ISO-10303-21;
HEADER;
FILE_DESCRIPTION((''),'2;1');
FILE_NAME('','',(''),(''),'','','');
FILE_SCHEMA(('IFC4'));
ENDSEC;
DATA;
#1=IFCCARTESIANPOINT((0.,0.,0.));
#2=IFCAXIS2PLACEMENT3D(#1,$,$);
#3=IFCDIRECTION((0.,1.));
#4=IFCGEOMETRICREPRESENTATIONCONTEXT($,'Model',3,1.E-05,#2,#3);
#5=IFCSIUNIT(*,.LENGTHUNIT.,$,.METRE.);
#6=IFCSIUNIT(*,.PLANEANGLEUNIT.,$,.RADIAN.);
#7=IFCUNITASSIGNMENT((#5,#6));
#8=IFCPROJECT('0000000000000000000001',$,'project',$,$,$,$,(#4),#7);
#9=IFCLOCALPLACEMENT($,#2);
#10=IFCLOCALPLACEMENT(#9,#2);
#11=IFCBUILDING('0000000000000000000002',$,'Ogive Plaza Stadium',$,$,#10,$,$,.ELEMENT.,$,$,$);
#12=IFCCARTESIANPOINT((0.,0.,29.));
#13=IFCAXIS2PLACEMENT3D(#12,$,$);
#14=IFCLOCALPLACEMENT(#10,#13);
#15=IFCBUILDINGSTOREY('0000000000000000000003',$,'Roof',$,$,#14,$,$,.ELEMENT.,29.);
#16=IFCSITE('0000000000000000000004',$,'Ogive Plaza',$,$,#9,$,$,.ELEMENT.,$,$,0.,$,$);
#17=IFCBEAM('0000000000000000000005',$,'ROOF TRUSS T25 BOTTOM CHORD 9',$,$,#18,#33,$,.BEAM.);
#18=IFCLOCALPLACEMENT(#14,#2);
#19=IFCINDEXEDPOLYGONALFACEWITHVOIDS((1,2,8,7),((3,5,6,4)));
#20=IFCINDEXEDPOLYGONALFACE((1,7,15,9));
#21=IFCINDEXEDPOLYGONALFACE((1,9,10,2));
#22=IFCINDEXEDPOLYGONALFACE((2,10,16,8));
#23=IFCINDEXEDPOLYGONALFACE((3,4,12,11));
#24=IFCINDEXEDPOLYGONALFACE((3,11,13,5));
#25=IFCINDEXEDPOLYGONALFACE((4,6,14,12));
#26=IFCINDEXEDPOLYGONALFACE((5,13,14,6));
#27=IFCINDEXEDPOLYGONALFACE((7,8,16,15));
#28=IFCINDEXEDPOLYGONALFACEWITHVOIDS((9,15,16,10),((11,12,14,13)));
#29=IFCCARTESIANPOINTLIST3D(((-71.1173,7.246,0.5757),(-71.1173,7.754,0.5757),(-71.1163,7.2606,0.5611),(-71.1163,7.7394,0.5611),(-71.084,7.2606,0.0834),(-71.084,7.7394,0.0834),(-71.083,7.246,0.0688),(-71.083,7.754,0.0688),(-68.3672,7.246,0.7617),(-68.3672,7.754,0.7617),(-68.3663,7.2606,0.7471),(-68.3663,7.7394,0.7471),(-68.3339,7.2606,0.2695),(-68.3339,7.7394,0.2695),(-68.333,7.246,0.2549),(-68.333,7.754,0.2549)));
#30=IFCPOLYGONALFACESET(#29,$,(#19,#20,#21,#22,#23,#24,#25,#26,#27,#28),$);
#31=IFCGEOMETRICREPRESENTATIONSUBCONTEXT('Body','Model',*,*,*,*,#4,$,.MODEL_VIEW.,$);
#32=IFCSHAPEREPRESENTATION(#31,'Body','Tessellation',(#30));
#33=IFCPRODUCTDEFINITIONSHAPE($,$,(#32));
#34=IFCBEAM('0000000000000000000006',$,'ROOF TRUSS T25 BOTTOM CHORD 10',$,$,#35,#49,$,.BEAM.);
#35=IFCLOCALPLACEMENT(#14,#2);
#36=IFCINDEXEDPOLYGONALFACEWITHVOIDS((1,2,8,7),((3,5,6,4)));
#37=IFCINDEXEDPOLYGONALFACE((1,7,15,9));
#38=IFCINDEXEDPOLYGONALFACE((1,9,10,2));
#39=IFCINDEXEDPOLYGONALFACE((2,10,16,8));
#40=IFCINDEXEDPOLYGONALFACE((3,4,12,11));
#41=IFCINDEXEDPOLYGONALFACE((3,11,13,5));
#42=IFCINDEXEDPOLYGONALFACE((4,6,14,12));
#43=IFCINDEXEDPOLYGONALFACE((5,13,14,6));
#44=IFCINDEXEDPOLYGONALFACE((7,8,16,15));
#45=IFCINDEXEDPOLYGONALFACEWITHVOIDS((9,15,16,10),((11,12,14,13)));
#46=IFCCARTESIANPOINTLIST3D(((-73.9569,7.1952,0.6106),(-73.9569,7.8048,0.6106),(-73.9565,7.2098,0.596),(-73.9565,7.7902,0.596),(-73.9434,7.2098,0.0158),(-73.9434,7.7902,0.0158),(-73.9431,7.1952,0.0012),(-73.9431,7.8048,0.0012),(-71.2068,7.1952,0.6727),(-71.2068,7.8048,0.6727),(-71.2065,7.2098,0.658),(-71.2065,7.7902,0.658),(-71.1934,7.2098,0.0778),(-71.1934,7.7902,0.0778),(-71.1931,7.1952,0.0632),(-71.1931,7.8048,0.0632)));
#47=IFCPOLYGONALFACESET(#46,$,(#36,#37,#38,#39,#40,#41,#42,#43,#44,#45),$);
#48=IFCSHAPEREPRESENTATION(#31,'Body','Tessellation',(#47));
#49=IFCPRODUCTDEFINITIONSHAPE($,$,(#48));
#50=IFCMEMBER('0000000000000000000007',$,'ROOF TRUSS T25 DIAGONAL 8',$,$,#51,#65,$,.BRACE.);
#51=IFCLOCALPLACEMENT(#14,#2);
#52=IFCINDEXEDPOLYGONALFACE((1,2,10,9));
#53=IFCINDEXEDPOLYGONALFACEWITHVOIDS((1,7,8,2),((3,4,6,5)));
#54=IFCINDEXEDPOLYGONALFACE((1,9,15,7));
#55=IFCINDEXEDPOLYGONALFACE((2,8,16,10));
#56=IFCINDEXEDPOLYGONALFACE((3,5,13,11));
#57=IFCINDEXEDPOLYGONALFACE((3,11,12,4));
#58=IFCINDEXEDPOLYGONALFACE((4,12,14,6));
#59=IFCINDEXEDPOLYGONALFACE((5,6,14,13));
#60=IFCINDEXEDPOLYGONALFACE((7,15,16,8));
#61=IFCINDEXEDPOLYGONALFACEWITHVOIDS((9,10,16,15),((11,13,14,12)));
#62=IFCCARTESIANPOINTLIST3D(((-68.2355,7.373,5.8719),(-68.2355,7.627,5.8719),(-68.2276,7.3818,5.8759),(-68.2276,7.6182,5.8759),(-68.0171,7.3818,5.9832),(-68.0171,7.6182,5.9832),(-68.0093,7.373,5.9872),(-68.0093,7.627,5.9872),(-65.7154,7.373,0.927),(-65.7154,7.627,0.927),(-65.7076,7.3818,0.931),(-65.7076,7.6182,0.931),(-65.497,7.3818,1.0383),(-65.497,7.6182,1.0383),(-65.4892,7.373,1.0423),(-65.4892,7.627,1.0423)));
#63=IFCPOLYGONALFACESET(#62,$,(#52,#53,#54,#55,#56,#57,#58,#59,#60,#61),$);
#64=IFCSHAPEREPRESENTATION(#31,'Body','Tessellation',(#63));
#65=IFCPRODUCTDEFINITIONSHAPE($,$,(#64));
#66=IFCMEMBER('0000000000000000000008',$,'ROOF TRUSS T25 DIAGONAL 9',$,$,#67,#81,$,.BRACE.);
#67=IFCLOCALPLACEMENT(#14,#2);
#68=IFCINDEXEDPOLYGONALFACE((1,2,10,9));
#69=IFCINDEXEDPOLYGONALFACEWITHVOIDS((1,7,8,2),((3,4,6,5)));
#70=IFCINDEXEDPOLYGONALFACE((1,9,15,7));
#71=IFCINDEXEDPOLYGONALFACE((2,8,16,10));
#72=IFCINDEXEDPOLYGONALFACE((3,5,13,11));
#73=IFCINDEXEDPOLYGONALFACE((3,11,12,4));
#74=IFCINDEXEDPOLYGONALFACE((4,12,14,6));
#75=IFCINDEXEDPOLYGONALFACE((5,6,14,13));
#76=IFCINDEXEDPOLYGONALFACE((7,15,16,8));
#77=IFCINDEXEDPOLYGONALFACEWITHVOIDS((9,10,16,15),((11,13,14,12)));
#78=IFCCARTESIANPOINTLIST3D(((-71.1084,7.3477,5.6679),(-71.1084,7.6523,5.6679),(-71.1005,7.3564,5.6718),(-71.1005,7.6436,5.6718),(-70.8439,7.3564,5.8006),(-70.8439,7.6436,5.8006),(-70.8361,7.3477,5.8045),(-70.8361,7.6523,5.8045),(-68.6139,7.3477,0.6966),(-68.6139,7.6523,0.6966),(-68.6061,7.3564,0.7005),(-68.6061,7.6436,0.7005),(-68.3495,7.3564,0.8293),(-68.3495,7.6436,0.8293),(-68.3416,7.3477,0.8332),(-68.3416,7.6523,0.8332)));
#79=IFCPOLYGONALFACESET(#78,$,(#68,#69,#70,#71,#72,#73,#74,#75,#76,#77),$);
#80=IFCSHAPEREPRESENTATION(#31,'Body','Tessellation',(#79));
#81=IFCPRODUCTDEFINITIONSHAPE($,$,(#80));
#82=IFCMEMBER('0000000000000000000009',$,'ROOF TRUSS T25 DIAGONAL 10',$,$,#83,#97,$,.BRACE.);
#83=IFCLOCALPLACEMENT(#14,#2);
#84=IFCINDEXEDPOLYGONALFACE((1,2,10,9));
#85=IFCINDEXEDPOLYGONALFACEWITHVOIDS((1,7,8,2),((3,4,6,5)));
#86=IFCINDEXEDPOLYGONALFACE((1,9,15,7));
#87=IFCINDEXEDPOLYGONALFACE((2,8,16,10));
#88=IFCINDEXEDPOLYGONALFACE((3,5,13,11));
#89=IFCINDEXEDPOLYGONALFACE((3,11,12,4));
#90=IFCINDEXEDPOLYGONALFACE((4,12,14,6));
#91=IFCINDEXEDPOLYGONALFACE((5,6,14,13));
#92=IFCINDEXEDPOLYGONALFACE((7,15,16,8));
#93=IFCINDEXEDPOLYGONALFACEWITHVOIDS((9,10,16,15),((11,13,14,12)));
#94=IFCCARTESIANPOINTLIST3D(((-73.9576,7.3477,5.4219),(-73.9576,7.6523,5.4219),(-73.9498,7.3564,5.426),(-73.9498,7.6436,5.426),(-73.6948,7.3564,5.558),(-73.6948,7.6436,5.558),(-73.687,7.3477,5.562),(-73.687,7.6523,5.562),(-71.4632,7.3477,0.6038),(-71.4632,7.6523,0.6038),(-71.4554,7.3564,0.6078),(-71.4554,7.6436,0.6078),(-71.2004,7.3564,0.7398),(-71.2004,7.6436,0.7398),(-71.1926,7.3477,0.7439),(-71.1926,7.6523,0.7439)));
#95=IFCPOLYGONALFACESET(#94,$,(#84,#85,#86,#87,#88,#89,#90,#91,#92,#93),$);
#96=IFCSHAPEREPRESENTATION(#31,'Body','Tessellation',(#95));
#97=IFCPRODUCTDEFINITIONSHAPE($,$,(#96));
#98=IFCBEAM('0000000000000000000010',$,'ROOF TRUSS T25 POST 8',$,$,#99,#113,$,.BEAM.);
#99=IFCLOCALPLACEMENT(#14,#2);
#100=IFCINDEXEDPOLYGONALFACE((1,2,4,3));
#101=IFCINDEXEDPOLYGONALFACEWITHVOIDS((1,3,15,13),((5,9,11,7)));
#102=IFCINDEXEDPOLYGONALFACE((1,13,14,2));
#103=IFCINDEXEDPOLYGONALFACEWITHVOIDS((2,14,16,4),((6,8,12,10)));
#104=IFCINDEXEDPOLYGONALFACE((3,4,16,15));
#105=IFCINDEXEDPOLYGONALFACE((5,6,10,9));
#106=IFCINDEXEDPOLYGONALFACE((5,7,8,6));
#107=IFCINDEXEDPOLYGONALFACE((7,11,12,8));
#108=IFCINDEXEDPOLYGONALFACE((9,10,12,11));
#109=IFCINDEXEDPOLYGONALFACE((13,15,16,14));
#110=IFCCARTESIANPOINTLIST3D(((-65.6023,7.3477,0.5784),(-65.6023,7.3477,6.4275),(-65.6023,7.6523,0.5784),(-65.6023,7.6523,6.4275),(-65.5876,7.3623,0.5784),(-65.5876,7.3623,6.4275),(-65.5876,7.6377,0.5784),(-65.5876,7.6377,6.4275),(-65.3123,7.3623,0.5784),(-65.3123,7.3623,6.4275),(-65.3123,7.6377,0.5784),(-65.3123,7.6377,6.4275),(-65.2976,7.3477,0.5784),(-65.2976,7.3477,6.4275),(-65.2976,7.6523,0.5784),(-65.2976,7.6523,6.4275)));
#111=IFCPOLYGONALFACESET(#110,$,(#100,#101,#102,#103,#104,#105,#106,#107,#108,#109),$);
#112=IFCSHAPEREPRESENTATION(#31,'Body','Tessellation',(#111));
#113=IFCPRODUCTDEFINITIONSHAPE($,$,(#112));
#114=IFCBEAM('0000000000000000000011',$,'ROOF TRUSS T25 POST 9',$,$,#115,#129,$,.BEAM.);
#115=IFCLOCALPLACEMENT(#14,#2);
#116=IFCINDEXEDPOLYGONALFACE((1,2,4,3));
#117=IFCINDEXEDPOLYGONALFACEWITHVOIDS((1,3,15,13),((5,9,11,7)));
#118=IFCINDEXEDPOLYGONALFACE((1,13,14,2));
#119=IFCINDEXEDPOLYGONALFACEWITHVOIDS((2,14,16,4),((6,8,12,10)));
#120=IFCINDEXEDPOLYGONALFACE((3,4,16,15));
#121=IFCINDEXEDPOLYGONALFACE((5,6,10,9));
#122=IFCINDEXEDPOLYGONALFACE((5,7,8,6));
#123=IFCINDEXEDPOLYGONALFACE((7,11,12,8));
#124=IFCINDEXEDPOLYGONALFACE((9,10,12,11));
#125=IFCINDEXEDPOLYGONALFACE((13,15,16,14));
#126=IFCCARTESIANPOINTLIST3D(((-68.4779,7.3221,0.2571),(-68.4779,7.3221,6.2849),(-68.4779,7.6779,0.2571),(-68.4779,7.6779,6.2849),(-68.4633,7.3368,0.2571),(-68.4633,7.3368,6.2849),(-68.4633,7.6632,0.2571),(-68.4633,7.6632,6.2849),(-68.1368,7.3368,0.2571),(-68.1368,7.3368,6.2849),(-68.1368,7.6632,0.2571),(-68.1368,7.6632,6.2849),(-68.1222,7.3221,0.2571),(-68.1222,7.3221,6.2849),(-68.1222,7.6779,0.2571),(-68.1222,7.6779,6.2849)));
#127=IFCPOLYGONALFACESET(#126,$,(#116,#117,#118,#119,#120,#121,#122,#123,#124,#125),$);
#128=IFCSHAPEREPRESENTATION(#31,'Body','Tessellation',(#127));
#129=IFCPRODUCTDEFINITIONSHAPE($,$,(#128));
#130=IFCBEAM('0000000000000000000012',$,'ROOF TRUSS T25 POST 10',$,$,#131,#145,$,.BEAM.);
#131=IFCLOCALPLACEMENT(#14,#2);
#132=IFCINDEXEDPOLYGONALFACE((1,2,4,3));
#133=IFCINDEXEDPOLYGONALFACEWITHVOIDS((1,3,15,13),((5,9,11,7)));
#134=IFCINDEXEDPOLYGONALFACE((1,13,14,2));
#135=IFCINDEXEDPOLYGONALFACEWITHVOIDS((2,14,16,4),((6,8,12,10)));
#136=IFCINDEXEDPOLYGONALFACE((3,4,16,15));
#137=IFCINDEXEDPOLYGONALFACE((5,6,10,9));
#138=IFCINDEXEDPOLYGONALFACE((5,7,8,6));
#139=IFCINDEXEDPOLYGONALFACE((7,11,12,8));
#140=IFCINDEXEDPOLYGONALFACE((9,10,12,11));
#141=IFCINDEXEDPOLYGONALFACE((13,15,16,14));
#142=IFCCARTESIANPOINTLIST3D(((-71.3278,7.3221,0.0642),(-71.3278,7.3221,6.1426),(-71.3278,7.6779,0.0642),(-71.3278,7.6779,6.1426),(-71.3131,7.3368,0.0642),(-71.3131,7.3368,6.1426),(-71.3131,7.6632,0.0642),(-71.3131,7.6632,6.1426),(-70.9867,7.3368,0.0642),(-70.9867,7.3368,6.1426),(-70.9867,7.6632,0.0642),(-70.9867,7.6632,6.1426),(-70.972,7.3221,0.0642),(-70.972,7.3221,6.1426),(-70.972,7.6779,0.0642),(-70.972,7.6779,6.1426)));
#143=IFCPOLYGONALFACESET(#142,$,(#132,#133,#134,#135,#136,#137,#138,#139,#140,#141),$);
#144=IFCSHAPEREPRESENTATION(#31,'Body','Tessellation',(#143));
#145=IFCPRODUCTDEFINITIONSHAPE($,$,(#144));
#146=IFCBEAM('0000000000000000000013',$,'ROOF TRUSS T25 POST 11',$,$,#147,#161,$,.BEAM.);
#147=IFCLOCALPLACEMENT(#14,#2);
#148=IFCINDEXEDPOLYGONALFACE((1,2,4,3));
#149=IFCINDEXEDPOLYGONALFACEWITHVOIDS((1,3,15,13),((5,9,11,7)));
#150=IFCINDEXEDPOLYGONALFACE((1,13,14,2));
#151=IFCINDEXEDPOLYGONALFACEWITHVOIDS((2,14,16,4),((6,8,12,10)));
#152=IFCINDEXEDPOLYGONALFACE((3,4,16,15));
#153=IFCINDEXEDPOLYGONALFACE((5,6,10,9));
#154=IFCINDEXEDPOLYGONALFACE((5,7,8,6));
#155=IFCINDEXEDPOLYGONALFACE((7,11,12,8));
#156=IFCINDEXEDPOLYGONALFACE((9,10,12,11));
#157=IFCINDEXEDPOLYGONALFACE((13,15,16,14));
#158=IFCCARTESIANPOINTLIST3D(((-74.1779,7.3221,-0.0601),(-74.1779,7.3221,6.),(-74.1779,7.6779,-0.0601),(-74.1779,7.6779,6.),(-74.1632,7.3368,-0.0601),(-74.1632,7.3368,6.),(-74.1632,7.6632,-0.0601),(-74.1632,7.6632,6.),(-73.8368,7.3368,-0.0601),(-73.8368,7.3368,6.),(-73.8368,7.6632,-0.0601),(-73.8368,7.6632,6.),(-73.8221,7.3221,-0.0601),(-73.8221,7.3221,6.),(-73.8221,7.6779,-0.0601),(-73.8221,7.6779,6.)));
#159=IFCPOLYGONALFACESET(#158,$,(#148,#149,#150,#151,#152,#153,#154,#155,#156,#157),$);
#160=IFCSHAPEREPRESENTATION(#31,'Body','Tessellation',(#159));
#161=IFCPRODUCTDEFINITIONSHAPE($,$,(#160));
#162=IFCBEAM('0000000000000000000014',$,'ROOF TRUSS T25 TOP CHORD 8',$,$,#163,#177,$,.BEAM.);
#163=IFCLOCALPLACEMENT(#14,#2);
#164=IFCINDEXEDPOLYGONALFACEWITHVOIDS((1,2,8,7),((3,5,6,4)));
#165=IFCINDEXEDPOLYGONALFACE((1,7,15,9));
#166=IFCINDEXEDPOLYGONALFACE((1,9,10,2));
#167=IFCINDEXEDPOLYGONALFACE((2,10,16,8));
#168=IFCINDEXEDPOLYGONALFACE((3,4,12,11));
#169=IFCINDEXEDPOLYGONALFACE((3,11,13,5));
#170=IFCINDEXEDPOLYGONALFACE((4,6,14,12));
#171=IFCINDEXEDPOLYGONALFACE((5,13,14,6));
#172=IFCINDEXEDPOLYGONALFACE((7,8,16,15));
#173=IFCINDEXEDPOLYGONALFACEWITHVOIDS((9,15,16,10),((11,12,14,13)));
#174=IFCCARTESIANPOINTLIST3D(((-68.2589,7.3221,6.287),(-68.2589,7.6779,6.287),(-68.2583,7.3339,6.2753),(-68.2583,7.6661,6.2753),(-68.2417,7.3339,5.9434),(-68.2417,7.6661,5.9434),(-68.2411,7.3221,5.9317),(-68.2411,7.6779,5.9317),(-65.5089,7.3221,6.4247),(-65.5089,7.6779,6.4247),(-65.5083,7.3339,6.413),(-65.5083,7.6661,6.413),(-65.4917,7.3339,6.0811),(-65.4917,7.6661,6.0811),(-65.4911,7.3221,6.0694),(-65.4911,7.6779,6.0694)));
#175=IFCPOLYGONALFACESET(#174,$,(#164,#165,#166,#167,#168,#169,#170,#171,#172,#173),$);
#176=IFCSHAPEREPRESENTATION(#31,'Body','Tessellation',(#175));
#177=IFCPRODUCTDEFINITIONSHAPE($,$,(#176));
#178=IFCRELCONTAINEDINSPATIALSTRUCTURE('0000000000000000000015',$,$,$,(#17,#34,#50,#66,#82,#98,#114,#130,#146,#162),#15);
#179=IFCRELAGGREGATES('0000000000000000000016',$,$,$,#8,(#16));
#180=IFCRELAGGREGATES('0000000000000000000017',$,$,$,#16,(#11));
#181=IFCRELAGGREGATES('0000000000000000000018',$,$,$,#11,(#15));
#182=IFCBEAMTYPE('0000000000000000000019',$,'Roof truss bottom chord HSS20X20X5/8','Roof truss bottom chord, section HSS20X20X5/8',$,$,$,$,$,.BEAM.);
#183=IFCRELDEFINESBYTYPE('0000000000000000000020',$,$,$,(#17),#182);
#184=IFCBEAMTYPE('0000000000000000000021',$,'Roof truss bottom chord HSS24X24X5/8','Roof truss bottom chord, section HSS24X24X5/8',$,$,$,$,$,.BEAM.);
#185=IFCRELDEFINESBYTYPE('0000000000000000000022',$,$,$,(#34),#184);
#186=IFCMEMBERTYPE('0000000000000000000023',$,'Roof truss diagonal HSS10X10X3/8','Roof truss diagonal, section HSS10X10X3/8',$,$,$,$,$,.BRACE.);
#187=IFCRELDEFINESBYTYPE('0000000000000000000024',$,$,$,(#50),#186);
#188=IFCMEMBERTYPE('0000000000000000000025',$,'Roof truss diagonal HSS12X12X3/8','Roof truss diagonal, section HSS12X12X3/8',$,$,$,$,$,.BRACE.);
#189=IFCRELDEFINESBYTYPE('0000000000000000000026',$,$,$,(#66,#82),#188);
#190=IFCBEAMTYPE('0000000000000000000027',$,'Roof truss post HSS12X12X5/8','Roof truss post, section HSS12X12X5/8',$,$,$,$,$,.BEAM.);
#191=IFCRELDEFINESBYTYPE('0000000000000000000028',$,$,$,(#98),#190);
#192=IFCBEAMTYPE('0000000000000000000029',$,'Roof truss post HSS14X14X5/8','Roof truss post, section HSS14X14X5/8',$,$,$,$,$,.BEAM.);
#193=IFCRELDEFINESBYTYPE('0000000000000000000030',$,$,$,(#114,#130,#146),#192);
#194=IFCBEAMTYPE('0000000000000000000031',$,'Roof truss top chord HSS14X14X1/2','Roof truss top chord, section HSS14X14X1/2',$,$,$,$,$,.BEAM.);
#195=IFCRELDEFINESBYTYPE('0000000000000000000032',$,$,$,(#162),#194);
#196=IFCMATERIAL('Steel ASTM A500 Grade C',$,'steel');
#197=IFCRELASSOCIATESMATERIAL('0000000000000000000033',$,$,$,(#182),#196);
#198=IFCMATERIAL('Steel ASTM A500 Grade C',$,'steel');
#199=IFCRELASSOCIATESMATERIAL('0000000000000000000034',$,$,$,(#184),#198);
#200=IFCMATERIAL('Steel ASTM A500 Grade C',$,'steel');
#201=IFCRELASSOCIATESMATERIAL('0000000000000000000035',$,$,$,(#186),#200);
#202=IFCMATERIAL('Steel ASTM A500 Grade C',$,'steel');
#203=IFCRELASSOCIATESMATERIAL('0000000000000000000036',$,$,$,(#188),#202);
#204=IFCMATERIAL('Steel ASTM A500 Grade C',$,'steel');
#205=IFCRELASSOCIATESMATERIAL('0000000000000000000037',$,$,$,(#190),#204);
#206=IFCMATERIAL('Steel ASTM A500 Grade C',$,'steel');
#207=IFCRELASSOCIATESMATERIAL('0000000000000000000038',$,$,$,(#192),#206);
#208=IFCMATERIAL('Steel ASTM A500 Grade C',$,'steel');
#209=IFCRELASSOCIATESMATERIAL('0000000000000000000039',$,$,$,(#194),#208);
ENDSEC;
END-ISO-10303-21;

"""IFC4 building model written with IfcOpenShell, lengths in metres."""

from ifc_helpers import new_model, si_unit, direction, frame, origin, origin_2d, place, context, subcontext, project, spatial, hollow_rectangle, extrude, material, material_profile, profile_set, type_object, element, save


model = new_model("IFC4")

# Units and contexts
model_context = context("Model", 3, precision=1e-05, world=origin(), true_north=direction((0.0, 1.0)))
body_context = subcontext(model_context, "Body", "Model", "MODEL_VIEW")
ifc_project = project(units=[si_unit("LENGTHUNIT", "METRE"), si_unit("PLANEANGLEUNIT", "RADIAN")], contexts=[model_context])

# Site, building, storey
site_placement = place(None, origin())
site = spatial("IfcSite", under=ifc_project, at=site_placement, Name="Ogive Plaza", CompositionType="ELEMENT", RefElevation=0.0)
building_placement = place(site_placement, origin())
building = spatial("IfcBuilding", under=site, at=building_placement, Name="Ogive Plaza Stadium", CompositionType="ELEMENT")
storey_placement = place(building_placement, frame((0.0, 0.0, 29.0)))
storey = spatial("IfcBuildingStorey", under=building, at=storey_placement, Name="Roof", CompositionType="ELEMENT", Elevation=29.0)

# Beams
ifc_material_1 = material(Name="Steel ASTM A500 Grade C", Category="steel")
ifc_material_profile_1 = material_profile(ifc_material_1, hollow_rectangle(XDim=0.5081, YDim=0.5081, WallThickness=0.0146, at=origin_2d()), Name="HSS20X20X5/8")
ifc_profile_set_1 = profile_set([ifc_material_profile_1], Name="Steel ASTM A500 Grade C")
beam_type_1 = type_object("IfcBeamType", Name="Roof truss bottom chord HSS20X20X5/8", Description="Roof truss bottom chord, section HSS20X20X5/8", PredefinedType="BEAM", material=ifc_profile_set_1)
beam_1_placement = place(storey_placement, frame((-68.3501, 7.5, 0.5083), z_axis=(-0.99772, 0.0, -0.067495), x_axis=(0.0, -1.0, 0.0)))
element("IfcBeam", 1, at=beam_1_placement, inside=storey, type_object=beam_type_1, Name="ROOF TRUSS T25 BOTTOM CHORD 9", PredefinedType="BEAM", context=body_context, shape_type="SweptSolid", body=[
    extrude(hollow_rectangle(XDim=0.5081, YDim=0.5081, WallThickness=0.0146, at=origin_2d()), origin(), (0.0, 0.0, 1.0), 2.7563),
])
ifc_material_2 = material(Name="Steel ASTM A500 Grade C", Category="steel")
ifc_material_profile_2 = material_profile(ifc_material_2, hollow_rectangle(XDim=0.6096, YDim=0.6096, WallThickness=0.0146, at=origin_2d()), Name="HSS24X24X5/8")
ifc_profile_set_2 = profile_set([ifc_material_profile_2], Name="Steel ASTM A500 Grade C")
beam_type_2 = type_object("IfcBeamType", Name="Roof truss bottom chord HSS24X24X5/8", Description="Roof truss bottom chord, section HSS24X24X5/8", PredefinedType="BEAM", material=ifc_profile_set_2)
beam_2_placement = place(storey_placement, frame((-71.2, 7.5, 0.3679), z_axis=(-0.999746, 0.0, -0.022544), x_axis=(0.0, -1.0, 0.0)))
element("IfcBeam", 2, at=beam_2_placement, inside=storey, type_object=beam_type_2, Name="ROOF TRUSS T25 BOTTOM CHORD 10", PredefinedType="BEAM", context=body_context, shape_type="SweptSolid", body=[
    extrude(hollow_rectangle(XDim=0.6096, YDim=0.6096, WallThickness=0.0146, at=origin_2d()), origin(), (0.0, 0.0, 1.0), 2.7507),
])

# Members
ifc_material_3 = material(Name="Steel ASTM A500 Grade C", Category="steel")
ifc_material_profile_3 = material_profile(ifc_material_3, hollow_rectangle(XDim=0.2539, YDim=0.2539, WallThickness=0.0088, at=origin_2d()), Name="HSS10X10X3/8")
ifc_profile_set_3 = profile_set([ifc_material_profile_3], Name="Steel ASTM A500 Grade C")
member_type_1 = type_object("IfcMemberType", Name="Roof truss diagonal HSS10X10X3/8", Description="Roof truss diagonal, section HSS10X10X3/8", PredefinedType="BRACE", material=ifc_profile_set_3)
member_1_placement = place(storey_placement, frame((-65.6023, 7.5, 0.9846), z_axis=(-0.454063, 0.0, 0.89097), x_axis=(0.0, -1.0, 0.0)))
element("IfcMember", 3, at=member_1_placement, inside=storey, type_object=member_type_1, Name="ROOF TRUSS T25 DIAGONAL 8", PredefinedType="BRACE", context=body_context, shape_type="SweptSolid", body=[
    extrude(hollow_rectangle(XDim=0.2539, YDim=0.2539, WallThickness=0.0088, at=origin_2d()), origin(), (0.0, 0.0, 1.0), 5.55),
])
ifc_material_4 = material(Name="Steel ASTM A500 Grade C", Category="steel")
ifc_material_profile_4 = material_profile(ifc_material_4, hollow_rectangle(XDim=0.3047, YDim=0.3047, WallThickness=0.0088, at=origin_2d()), Name="HSS12X12X3/8")
ifc_profile_set_4 = profile_set([ifc_material_profile_4], Name="Steel ASTM A500 Grade C")
member_type_2 = type_object("IfcMemberType", Name="Roof truss diagonal HSS12X12X3/8", Description="Roof truss diagonal, section HSS12X12X3/8", PredefinedType="BRACE", material=ifc_profile_set_4)
member_2_placement = place(storey_placement, frame((-68.4778, 7.5, 0.7649), z_axis=(-0.448477, 0.0, 0.893794), x_axis=(0.0, -1.0, 0.0)))
element("IfcMember", 4, at=member_2_placement, inside=storey, type_object=member_type_2, Name="ROOF TRUSS T25 DIAGONAL 9", PredefinedType="BRACE", context=body_context, shape_type="SweptSolid", body=[
    extrude(hollow_rectangle(XDim=0.3047, YDim=0.3047, WallThickness=0.0088, at=origin_2d()), origin(), (0.0, 0.0, 1.0), 5.562),
])
member_3_placement = place(storey_placement, frame((-71.3279, 7.5, 0.6738), z_axis=(-0.459751, 0.0, 0.888048), x_axis=(0.0, -1.0, 0.0)))
element("IfcMember", 5, at=member_3_placement, inside=storey, type_object=member_type_2, Name="ROOF TRUSS T25 DIAGONAL 10", PredefinedType="BRACE", context=body_context, shape_type="SweptSolid", body=[
    extrude(hollow_rectangle(XDim=0.3047, YDim=0.3047, WallThickness=0.0088, at=origin_2d()), origin(), (0.0, 0.0, 1.0), 5.4255),
])

# Beams
ifc_material_5 = material(Name="Steel ASTM A500 Grade C", Category="steel")
ifc_material_profile_5 = material_profile(ifc_material_5, hollow_rectangle(XDim=0.3047, YDim=0.3047, WallThickness=0.0146, at=origin_2d()), Name="HSS12X12X5/8")
ifc_profile_set_5 = profile_set([ifc_material_profile_5], Name="Steel ASTM A500 Grade C")
beam_type_3 = type_object("IfcBeamType", Name="Roof truss post HSS12X12X5/8", Description="Roof truss post, section HSS12X12X5/8", PredefinedType="BEAM", material=ifc_profile_set_5)
beam_3_placement = place(storey_placement, frame((-65.45, 7.5, 0.5784), z_axis=(0.0, 0.0, 1.0), x_axis=(0.0, -1.0, 0.0)))
element("IfcBeam", 6, at=beam_3_placement, inside=storey, type_object=beam_type_3, Name="ROOF TRUSS T25 POST 8", PredefinedType="BEAM", context=body_context, shape_type="SweptSolid", body=[
    extrude(hollow_rectangle(XDim=0.3047, YDim=0.3047, WallThickness=0.0146, at=origin_2d()), origin(), (0.0, 0.0, 1.0), 5.8491),
])
ifc_material_6 = material(Name="Steel ASTM A500 Grade C", Category="steel")
ifc_material_profile_6 = material_profile(ifc_material_6, hollow_rectangle(XDim=0.3557, YDim=0.3557, WallThickness=0.0146, at=origin_2d()), Name="HSS14X14X5/8")
ifc_profile_set_6 = profile_set([ifc_material_profile_6], Name="Steel ASTM A500 Grade C")
beam_type_4 = type_object("IfcBeamType", Name="Roof truss post HSS14X14X5/8", Description="Roof truss post, section HSS14X14X5/8", PredefinedType="BEAM", material=ifc_profile_set_6)
beam_4_placement = place(storey_placement, frame((-68.3, 7.5, 0.2571), z_axis=(0.0, 0.0, 1.0), x_axis=(0.0, -1.0, 0.0)))
element("IfcBeam", 7, at=beam_4_placement, inside=storey, type_object=beam_type_4, Name="ROOF TRUSS T25 POST 9", PredefinedType="BEAM", context=body_context, shape_type="SweptSolid", body=[
    extrude(hollow_rectangle(XDim=0.3557, YDim=0.3557, WallThickness=0.0146, at=origin_2d()), origin(), (0.0, 0.0, 1.0), 6.0278),
])
beam_5_placement = place(storey_placement, frame((-71.1499, 7.5, 0.0642), z_axis=(0.0, 0.0, 1.0), x_axis=(0.0, -1.0, 0.0)))
element("IfcBeam", 8, at=beam_5_placement, inside=storey, type_object=beam_type_4, Name="ROOF TRUSS T25 POST 10", PredefinedType="BEAM", context=body_context, shape_type="SweptSolid", body=[
    extrude(hollow_rectangle(XDim=0.3557, YDim=0.3557, WallThickness=0.0146, at=origin_2d()), origin(), (0.0, 0.0, 1.0), 6.0784),
])
beam_6_placement = place(storey_placement, frame((-74.0, 7.5, -0.0601), z_axis=(0.0, 0.0, 1.0), x_axis=(0.0, -1.0, 0.0)))
element("IfcBeam", 9, at=beam_6_placement, inside=storey, type_object=beam_type_4, Name="ROOF TRUSS T25 POST 11", PredefinedType="BEAM", context=body_context, shape_type="SweptSolid", body=[
    extrude(hollow_rectangle(XDim=0.3557, YDim=0.3557, WallThickness=0.0146, at=origin_2d()), origin(), (0.0, 0.0, 1.0), 6.0601),
])
ifc_material_7 = material(Name="Steel ASTM A500 Grade C", Category="steel")
ifc_material_profile_7 = material_profile(ifc_material_7, hollow_rectangle(XDim=0.3557, YDim=0.3557, WallThickness=0.0117, at=origin_2d()), Name="HSS14X14X1/2")
ifc_profile_set_7 = profile_set([ifc_material_profile_7], Name="Steel ASTM A500 Grade C")
beam_type_5 = type_object("IfcBeamType", Name="Roof truss top chord HSS14X14X1/2", Description="Roof truss top chord, section HSS14X14X1/2", PredefinedType="BEAM", material=ifc_profile_set_7)
beam_7_placement = place(storey_placement, frame((-65.5, 7.5, 6.2471), z_axis=(-0.998749, 0.0, -0.050008), x_axis=(0.0, -1.0, 0.0)))
element("IfcBeam", 10, at=beam_7_placement, inside=storey, type_object=beam_type_5, Name="ROOF TRUSS T25 TOP CHORD 8", PredefinedType="BEAM", context=body_context, shape_type="SweptSolid", body=[
    extrude(hollow_rectangle(XDim=0.3557, YDim=0.3557, WallThickness=0.0117, at=origin_2d()), origin(), (0.0, 0.0, 1.0), 2.7534),
])

save(model, "model.ifc")
